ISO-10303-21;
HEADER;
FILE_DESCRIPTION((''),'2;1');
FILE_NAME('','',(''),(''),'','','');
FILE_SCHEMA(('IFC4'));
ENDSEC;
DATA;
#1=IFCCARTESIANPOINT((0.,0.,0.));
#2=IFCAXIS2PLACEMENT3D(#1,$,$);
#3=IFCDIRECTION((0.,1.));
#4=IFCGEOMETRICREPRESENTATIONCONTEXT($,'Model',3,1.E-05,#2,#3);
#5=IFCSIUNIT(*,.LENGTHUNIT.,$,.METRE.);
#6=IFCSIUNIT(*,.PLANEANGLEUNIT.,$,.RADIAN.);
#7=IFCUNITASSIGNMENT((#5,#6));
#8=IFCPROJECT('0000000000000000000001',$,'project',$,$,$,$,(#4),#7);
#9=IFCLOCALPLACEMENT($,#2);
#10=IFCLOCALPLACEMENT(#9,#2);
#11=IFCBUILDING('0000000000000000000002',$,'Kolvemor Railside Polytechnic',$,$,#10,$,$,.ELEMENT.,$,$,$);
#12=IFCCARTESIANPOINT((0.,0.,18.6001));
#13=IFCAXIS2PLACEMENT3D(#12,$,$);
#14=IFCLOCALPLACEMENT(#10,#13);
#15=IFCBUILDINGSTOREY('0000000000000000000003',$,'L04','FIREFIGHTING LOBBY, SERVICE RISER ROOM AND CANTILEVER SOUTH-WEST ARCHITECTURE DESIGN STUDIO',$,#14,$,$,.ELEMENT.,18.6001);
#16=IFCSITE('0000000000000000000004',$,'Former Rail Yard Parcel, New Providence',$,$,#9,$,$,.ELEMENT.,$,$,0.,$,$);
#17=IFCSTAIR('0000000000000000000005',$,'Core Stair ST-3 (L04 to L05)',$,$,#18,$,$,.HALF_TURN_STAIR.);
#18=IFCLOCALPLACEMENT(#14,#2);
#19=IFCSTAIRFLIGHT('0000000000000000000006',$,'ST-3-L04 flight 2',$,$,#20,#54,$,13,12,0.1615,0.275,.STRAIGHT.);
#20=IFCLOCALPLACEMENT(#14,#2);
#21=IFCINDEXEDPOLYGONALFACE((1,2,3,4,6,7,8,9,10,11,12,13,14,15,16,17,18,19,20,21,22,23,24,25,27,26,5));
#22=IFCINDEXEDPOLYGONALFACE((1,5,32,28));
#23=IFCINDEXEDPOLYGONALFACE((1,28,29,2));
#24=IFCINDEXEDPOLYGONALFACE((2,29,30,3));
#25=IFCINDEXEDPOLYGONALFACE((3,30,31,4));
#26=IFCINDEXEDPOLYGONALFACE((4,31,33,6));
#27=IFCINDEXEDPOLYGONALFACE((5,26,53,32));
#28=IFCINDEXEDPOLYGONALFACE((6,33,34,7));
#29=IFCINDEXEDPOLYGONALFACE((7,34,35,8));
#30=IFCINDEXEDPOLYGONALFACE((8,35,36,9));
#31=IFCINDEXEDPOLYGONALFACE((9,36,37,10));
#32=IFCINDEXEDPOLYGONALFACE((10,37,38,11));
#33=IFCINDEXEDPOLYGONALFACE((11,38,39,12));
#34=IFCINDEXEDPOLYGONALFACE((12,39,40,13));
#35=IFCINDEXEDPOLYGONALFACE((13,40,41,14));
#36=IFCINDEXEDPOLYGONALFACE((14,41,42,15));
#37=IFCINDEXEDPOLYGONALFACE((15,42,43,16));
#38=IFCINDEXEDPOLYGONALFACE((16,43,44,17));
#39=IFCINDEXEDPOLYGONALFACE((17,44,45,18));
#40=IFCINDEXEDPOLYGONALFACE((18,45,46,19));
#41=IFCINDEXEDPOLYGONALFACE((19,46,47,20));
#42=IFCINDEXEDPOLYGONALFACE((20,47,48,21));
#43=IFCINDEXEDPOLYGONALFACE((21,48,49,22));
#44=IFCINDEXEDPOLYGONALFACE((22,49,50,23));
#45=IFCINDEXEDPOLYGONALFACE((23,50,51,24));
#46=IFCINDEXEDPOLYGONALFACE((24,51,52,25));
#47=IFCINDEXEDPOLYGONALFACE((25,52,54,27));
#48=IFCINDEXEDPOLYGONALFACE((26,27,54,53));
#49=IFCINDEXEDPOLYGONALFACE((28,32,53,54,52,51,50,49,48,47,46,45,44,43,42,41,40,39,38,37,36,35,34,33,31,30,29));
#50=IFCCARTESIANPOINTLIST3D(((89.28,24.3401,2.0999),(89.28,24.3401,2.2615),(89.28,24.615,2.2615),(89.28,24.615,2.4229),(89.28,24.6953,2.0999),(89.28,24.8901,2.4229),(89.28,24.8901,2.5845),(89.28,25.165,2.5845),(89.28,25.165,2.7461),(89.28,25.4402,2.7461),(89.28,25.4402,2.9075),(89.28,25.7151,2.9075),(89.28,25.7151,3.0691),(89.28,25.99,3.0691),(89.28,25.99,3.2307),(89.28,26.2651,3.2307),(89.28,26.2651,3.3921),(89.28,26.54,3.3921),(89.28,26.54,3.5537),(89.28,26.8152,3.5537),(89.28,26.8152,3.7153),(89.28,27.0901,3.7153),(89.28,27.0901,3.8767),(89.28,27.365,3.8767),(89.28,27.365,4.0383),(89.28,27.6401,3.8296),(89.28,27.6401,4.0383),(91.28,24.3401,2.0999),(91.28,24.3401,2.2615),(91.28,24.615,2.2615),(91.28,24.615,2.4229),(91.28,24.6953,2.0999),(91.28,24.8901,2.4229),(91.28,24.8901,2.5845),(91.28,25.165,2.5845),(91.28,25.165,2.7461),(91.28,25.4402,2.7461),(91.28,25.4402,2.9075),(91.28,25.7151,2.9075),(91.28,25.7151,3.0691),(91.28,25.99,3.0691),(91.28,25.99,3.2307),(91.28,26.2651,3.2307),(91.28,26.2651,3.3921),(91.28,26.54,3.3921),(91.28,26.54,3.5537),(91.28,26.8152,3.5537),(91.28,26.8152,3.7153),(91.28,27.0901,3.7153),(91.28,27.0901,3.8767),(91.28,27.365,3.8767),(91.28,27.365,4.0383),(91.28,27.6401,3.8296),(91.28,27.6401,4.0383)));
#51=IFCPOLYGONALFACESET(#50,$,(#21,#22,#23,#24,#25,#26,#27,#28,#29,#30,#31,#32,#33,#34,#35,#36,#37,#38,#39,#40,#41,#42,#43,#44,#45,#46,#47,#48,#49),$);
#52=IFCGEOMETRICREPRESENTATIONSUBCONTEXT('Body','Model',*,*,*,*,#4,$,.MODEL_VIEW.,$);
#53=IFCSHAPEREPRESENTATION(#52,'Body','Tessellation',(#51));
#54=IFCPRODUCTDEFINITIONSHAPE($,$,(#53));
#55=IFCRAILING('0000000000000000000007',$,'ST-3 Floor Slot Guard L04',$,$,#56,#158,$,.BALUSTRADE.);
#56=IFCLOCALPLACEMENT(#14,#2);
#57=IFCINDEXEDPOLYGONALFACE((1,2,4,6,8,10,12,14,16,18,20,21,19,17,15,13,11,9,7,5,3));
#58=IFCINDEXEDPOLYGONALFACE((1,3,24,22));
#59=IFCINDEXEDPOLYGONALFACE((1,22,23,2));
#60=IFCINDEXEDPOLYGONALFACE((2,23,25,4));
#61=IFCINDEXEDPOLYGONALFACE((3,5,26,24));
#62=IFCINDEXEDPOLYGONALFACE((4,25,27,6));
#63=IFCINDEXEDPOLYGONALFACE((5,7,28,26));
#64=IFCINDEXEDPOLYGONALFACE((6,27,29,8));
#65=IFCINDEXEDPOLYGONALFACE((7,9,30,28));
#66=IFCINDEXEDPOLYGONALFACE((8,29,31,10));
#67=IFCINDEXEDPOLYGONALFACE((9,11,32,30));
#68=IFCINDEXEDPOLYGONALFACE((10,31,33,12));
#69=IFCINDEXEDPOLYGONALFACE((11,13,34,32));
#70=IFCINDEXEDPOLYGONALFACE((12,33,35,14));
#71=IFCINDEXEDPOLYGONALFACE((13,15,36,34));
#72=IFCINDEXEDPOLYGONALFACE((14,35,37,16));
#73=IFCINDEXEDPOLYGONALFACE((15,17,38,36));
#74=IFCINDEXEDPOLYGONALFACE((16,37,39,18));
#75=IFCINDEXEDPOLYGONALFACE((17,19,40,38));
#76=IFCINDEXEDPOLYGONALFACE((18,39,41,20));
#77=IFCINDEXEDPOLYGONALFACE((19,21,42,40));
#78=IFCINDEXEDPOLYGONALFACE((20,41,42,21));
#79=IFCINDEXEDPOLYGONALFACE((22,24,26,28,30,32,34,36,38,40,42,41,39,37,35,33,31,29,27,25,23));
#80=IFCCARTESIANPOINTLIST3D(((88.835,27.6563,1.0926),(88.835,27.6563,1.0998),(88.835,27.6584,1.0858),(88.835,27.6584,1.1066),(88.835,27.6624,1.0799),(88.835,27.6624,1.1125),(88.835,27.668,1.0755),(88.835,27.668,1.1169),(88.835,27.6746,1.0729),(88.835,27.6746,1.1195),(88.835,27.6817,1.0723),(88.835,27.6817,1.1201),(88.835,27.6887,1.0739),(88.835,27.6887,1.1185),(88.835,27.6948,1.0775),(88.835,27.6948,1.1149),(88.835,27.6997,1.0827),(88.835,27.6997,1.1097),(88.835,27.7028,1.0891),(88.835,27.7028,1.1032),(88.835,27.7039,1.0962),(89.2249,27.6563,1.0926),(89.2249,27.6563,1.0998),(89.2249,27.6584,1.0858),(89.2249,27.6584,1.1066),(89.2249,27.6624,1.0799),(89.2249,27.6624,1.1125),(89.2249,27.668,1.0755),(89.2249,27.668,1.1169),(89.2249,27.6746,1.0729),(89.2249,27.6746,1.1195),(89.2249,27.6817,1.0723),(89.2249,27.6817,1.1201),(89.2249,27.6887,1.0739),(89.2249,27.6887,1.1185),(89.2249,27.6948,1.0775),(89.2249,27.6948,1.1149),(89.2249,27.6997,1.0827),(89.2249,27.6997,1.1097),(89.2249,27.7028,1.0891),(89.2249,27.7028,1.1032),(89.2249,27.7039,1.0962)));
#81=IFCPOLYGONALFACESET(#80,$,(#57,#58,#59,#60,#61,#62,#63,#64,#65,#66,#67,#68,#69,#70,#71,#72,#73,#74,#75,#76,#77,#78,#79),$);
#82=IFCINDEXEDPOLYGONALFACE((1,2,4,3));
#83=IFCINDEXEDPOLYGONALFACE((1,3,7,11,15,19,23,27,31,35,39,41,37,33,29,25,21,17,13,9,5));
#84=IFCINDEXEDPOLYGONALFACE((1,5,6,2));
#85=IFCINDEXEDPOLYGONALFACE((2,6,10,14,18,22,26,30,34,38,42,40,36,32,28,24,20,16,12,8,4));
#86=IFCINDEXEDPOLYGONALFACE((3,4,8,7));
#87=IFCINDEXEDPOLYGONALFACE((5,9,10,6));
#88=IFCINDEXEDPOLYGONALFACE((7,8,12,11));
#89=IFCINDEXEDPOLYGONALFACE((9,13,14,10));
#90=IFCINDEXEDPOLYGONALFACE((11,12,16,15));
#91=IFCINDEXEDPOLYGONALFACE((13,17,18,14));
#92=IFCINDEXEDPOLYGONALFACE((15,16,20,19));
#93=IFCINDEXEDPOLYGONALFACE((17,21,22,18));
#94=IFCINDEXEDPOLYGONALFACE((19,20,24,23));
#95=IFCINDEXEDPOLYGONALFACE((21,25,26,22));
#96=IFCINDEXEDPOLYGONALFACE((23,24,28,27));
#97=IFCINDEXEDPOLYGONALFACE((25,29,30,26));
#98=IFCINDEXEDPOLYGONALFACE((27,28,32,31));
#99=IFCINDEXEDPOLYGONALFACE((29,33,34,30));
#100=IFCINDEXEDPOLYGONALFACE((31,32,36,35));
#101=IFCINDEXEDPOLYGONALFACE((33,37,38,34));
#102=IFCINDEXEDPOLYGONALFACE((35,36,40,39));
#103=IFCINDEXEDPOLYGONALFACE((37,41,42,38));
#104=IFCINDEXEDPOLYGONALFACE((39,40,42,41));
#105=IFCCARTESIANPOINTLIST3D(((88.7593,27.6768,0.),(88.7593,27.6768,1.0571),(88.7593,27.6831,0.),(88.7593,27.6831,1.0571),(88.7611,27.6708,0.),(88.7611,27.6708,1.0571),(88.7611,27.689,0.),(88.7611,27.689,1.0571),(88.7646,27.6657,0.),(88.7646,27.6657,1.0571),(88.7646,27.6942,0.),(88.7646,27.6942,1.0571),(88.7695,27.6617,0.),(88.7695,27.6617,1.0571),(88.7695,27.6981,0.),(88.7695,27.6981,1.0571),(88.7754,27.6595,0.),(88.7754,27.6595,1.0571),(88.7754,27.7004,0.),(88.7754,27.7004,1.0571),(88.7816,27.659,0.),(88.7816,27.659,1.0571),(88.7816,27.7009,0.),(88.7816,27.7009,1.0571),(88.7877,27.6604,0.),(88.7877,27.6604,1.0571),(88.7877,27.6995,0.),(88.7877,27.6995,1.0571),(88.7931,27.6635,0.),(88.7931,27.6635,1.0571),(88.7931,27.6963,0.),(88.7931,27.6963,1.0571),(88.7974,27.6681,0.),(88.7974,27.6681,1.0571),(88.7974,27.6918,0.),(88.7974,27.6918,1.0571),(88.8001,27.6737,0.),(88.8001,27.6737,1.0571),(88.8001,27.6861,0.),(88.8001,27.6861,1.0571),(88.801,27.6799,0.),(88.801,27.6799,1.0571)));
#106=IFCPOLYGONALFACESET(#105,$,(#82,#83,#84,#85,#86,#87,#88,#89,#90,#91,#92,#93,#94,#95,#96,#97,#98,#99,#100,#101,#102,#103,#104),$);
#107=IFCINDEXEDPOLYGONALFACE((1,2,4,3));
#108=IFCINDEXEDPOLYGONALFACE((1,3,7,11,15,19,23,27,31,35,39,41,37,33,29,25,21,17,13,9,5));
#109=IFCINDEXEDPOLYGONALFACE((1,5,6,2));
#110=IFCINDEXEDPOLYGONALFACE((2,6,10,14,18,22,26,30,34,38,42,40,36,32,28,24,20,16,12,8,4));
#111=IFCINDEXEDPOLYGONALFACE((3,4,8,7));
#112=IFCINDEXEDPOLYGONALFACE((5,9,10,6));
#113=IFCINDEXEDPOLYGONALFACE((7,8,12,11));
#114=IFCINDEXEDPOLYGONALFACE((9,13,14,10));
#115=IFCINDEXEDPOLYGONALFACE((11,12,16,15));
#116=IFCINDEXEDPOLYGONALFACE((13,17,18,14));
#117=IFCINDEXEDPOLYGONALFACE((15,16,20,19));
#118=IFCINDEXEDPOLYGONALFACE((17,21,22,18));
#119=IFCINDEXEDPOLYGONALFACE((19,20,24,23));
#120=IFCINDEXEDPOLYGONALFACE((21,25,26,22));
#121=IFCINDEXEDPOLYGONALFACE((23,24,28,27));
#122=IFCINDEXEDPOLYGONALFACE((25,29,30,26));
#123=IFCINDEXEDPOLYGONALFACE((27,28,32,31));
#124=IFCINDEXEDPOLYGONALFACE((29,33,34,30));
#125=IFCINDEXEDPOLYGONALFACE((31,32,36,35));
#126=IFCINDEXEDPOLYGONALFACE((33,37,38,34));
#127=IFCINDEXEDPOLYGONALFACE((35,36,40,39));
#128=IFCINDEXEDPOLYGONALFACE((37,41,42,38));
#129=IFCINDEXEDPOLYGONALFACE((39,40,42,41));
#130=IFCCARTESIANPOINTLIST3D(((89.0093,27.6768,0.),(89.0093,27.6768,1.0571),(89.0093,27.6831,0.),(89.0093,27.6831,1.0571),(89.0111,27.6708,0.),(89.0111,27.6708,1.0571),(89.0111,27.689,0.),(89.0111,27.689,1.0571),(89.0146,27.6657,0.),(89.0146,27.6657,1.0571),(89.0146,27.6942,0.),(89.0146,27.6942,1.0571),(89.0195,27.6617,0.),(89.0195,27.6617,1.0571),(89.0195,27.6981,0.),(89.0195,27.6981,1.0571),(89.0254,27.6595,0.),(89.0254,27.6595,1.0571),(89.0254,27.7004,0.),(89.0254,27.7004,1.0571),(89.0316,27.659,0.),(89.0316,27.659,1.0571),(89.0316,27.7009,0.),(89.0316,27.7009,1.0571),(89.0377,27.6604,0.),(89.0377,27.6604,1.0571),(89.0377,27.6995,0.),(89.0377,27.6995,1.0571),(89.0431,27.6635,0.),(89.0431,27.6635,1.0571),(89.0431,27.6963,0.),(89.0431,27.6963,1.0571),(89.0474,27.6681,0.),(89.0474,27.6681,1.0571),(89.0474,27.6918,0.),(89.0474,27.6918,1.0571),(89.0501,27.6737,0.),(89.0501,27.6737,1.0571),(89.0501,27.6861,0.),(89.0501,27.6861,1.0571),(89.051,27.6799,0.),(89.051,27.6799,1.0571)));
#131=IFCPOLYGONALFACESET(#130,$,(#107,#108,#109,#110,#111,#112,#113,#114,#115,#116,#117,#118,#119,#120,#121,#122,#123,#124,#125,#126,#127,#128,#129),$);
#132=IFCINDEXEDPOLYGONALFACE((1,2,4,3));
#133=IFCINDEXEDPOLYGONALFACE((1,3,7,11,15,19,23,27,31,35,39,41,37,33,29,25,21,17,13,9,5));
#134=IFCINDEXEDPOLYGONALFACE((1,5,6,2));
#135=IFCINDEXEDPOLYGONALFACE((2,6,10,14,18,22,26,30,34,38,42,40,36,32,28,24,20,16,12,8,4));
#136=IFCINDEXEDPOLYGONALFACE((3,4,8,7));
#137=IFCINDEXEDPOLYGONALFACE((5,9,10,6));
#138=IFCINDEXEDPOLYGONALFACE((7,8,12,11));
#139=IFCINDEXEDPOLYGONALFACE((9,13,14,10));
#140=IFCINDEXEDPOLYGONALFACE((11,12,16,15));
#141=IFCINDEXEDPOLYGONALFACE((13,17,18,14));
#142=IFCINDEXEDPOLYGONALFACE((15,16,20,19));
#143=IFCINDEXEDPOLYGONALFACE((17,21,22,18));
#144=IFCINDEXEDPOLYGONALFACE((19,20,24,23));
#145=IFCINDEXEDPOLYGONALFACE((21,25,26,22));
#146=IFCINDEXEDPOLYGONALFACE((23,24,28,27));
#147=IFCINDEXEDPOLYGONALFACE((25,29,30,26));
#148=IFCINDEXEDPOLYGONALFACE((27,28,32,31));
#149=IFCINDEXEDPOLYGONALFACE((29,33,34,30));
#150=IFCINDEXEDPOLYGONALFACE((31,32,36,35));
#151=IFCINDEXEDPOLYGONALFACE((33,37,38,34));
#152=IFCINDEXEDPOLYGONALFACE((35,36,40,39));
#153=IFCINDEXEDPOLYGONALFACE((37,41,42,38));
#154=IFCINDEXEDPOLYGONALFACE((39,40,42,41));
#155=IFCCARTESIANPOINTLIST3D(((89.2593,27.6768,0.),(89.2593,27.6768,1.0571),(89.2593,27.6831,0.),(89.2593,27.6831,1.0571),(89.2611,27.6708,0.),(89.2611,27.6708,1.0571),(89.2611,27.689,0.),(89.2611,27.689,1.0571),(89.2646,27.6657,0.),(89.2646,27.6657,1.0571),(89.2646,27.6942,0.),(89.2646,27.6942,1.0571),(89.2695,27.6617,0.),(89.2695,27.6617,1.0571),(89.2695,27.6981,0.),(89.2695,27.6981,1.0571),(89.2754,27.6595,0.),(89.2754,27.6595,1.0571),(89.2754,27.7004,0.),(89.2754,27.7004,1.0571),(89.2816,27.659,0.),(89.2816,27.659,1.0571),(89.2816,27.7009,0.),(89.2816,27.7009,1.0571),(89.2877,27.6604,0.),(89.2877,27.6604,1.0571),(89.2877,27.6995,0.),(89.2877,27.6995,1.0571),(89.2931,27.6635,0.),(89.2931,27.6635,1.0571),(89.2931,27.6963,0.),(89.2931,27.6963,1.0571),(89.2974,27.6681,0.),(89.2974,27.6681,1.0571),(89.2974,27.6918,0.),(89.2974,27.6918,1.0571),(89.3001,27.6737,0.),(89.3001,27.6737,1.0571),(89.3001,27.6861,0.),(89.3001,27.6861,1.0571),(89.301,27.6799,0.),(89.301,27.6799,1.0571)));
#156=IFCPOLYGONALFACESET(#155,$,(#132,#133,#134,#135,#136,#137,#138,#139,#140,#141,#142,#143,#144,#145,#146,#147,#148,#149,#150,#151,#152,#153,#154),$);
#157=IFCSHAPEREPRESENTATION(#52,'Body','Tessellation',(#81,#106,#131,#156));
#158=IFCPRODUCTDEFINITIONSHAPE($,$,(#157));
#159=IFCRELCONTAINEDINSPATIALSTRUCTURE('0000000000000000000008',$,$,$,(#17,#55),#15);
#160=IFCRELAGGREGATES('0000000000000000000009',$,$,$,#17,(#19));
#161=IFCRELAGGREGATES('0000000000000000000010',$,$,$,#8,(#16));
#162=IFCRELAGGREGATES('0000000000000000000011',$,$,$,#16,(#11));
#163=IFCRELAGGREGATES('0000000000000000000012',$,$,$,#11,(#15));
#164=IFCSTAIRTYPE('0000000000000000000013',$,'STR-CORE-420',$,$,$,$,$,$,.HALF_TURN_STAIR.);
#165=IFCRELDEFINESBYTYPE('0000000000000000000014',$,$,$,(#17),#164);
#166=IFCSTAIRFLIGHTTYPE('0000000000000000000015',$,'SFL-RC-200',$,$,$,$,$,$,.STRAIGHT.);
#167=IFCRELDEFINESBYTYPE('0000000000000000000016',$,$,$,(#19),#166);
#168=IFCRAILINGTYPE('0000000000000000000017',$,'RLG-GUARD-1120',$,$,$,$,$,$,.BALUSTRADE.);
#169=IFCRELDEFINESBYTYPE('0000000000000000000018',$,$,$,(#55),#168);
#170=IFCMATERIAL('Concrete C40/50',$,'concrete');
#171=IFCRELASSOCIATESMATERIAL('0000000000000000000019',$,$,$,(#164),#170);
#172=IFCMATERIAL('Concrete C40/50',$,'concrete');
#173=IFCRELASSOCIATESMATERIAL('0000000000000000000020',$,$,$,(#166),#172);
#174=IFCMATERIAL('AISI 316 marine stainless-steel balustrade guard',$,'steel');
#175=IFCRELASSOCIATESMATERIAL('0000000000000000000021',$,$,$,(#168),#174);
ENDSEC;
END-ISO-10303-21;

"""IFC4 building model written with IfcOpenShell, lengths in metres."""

from ifc_helpers import new_model, si_unit, direction, frame, origin, origin_2d, place, context, subcontext, project, spatial, polyline, circle, outline, extrude, material, type_object, element, aggregate, save


model = new_model("IFC4")

# Units and contexts
model_context = context("Model", 3, precision=1e-05, world=origin(), true_north=direction((0.0, 1.0)))
body_context = subcontext(model_context, "Body", "Model", "MODEL_VIEW")
ifc_project = project(units=[si_unit("LENGTHUNIT", "METRE"), si_unit("PLANEANGLEUNIT", "RADIAN")], contexts=[model_context])

# Site, building, storey
site_placement = place(None, origin())
site = spatial("IfcSite", under=ifc_project, at=site_placement, Name="Former Rail Yard Parcel, New Providence", CompositionType="ELEMENT", RefElevation=0.0)
building_placement = place(site_placement, origin())
building = spatial("IfcBuilding", under=site, at=building_placement, Name="Kolvemor Railside Polytechnic", CompositionType="ELEMENT")
storey_placement = place(building_placement, frame((0.0, 0.0, 18.6001)))
storey = spatial("IfcBuildingStorey", under=building, at=storey_placement, Name="L04", Description="FIREFIGHTING LOBBY, SERVICE RISER ROOM AND CANTILEVER SOUTH-WEST ARCHITECTURE DESIGN STUDIO", CompositionType="ELEMENT", Elevation=18.6001)

# Stair, stair flight
ifc_material_1 = material(Name="Concrete C40/50", Category="concrete")
stair_type = type_object("IfcStairType", Name="STR-CORE-420", PredefinedType="HALF_TURN_STAIR", material=ifc_material_1)
stair_placement = place(storey_placement, origin())
stair = element("IfcStair", 1, at=stair_placement, inside=storey, type_object=stair_type, Name="Core Stair ST-3 (L04 to L05)", PredefinedType="HALF_TURN_STAIR")
ifc_material_2 = material(Name="Concrete C40/50", Category="concrete")
stair_flight_type = type_object("IfcStairFlightType", Name="SFL-RC-200", PredefinedType="STRAIGHT", material=ifc_material_2)
stair_flight_1_placement = place(storey_placement, frame((90.28, 24.3401, 2.0999), z_axis=(0.0, 0.0, 1.0), x_axis=(0.0, 1.0, 0.0)))
stair_flight_1 = element("IfcStairFlight", 2, at=stair_flight_1_placement, type_object=stair_flight_type, Name="ST-3-L04 flight 2", NumberOfRisers=13, NumberOfTreads=12, PredefinedType="STRAIGHT", RiserHeight=0.1615, TreadLength=0.275, context=body_context, shape_type="SweptSolid", body=[
    extrude(outline(polyline([(0.0, 0.0), (0.0, 0.1616), (0.2749, 0.1616), (0.2749, 0.323), (0.55, 0.323), (0.55, 0.4846), (0.825, 0.4846), (0.825, 0.6462), (1.1001, 0.6462), (1.1001, 0.8076), (1.375, 0.8076), (1.375, 0.9692), (1.6499, 0.9692), (1.6499, 1.1309), (1.925, 1.1309), (1.925, 1.2922), (2.2, 1.2922), (2.2, 1.4539), (2.4751, 1.4539), (2.4751, 1.6155), (2.75, 1.6155), (2.75, 1.7769), (3.0249, 1.7769), (3.0249, 1.9385), (3.3, 1.9385), (3.3, 2.1001), (3.3, 1.7297), (0.3552, 0.0), (0.0, 0.0)])), frame((0.0, 1.0, 0.0), z_axis=(0.0, -1.0, 0.0), x_axis=(1.0, 0.0, 0.0)), (0.0, 0.0, 1.0), 2.0),
])
aggregate(stair, [stair_flight_1])

# Railing
ifc_material_3 = material(Name="AISI 316 marine stainless-steel balustrade guard", Category="steel")
railing_type_1 = type_object("IfcRailingType", Name="RLG-GUARD-1120", PredefinedType="BALUSTRADE", material=ifc_material_3)
railing_1_placement = place(storey_placement, frame((88.78, 27.6799, 0.0)))
element("IfcRailing", 3, at=railing_1_placement, inside=storey, type_object=railing_type_1, Name="ST-3 Floor Slot Guard L04", PredefinedType="BALUSTRADE", context=body_context, shape_type="SweptSolid", body=[
    extrude(circle(Radius=0.0239, at=origin_2d()), frame((0.0549, 0.0, 1.0962), z_axis=(1.0, 0.0, 0.0), x_axis=(0.0, 1.0, 0.0)), (0.0, 0.0, 1.0), 0.3899),
    extrude(circle(Radius=0.021, at=origin_2d()), origin(), (0.0, 0.0, 1.0), 1.0571),
    extrude(circle(Radius=0.021, at=origin_2d()), frame((0.25, 0.0, 0.0)), (0.0, 0.0, 1.0), 1.0571),
    extrude(circle(Radius=0.021, at=origin_2d()), frame((0.5, 0.0, 0.0)), (0.0, 0.0, 1.0), 1.0571),
])

save(model, "model.ifc")
